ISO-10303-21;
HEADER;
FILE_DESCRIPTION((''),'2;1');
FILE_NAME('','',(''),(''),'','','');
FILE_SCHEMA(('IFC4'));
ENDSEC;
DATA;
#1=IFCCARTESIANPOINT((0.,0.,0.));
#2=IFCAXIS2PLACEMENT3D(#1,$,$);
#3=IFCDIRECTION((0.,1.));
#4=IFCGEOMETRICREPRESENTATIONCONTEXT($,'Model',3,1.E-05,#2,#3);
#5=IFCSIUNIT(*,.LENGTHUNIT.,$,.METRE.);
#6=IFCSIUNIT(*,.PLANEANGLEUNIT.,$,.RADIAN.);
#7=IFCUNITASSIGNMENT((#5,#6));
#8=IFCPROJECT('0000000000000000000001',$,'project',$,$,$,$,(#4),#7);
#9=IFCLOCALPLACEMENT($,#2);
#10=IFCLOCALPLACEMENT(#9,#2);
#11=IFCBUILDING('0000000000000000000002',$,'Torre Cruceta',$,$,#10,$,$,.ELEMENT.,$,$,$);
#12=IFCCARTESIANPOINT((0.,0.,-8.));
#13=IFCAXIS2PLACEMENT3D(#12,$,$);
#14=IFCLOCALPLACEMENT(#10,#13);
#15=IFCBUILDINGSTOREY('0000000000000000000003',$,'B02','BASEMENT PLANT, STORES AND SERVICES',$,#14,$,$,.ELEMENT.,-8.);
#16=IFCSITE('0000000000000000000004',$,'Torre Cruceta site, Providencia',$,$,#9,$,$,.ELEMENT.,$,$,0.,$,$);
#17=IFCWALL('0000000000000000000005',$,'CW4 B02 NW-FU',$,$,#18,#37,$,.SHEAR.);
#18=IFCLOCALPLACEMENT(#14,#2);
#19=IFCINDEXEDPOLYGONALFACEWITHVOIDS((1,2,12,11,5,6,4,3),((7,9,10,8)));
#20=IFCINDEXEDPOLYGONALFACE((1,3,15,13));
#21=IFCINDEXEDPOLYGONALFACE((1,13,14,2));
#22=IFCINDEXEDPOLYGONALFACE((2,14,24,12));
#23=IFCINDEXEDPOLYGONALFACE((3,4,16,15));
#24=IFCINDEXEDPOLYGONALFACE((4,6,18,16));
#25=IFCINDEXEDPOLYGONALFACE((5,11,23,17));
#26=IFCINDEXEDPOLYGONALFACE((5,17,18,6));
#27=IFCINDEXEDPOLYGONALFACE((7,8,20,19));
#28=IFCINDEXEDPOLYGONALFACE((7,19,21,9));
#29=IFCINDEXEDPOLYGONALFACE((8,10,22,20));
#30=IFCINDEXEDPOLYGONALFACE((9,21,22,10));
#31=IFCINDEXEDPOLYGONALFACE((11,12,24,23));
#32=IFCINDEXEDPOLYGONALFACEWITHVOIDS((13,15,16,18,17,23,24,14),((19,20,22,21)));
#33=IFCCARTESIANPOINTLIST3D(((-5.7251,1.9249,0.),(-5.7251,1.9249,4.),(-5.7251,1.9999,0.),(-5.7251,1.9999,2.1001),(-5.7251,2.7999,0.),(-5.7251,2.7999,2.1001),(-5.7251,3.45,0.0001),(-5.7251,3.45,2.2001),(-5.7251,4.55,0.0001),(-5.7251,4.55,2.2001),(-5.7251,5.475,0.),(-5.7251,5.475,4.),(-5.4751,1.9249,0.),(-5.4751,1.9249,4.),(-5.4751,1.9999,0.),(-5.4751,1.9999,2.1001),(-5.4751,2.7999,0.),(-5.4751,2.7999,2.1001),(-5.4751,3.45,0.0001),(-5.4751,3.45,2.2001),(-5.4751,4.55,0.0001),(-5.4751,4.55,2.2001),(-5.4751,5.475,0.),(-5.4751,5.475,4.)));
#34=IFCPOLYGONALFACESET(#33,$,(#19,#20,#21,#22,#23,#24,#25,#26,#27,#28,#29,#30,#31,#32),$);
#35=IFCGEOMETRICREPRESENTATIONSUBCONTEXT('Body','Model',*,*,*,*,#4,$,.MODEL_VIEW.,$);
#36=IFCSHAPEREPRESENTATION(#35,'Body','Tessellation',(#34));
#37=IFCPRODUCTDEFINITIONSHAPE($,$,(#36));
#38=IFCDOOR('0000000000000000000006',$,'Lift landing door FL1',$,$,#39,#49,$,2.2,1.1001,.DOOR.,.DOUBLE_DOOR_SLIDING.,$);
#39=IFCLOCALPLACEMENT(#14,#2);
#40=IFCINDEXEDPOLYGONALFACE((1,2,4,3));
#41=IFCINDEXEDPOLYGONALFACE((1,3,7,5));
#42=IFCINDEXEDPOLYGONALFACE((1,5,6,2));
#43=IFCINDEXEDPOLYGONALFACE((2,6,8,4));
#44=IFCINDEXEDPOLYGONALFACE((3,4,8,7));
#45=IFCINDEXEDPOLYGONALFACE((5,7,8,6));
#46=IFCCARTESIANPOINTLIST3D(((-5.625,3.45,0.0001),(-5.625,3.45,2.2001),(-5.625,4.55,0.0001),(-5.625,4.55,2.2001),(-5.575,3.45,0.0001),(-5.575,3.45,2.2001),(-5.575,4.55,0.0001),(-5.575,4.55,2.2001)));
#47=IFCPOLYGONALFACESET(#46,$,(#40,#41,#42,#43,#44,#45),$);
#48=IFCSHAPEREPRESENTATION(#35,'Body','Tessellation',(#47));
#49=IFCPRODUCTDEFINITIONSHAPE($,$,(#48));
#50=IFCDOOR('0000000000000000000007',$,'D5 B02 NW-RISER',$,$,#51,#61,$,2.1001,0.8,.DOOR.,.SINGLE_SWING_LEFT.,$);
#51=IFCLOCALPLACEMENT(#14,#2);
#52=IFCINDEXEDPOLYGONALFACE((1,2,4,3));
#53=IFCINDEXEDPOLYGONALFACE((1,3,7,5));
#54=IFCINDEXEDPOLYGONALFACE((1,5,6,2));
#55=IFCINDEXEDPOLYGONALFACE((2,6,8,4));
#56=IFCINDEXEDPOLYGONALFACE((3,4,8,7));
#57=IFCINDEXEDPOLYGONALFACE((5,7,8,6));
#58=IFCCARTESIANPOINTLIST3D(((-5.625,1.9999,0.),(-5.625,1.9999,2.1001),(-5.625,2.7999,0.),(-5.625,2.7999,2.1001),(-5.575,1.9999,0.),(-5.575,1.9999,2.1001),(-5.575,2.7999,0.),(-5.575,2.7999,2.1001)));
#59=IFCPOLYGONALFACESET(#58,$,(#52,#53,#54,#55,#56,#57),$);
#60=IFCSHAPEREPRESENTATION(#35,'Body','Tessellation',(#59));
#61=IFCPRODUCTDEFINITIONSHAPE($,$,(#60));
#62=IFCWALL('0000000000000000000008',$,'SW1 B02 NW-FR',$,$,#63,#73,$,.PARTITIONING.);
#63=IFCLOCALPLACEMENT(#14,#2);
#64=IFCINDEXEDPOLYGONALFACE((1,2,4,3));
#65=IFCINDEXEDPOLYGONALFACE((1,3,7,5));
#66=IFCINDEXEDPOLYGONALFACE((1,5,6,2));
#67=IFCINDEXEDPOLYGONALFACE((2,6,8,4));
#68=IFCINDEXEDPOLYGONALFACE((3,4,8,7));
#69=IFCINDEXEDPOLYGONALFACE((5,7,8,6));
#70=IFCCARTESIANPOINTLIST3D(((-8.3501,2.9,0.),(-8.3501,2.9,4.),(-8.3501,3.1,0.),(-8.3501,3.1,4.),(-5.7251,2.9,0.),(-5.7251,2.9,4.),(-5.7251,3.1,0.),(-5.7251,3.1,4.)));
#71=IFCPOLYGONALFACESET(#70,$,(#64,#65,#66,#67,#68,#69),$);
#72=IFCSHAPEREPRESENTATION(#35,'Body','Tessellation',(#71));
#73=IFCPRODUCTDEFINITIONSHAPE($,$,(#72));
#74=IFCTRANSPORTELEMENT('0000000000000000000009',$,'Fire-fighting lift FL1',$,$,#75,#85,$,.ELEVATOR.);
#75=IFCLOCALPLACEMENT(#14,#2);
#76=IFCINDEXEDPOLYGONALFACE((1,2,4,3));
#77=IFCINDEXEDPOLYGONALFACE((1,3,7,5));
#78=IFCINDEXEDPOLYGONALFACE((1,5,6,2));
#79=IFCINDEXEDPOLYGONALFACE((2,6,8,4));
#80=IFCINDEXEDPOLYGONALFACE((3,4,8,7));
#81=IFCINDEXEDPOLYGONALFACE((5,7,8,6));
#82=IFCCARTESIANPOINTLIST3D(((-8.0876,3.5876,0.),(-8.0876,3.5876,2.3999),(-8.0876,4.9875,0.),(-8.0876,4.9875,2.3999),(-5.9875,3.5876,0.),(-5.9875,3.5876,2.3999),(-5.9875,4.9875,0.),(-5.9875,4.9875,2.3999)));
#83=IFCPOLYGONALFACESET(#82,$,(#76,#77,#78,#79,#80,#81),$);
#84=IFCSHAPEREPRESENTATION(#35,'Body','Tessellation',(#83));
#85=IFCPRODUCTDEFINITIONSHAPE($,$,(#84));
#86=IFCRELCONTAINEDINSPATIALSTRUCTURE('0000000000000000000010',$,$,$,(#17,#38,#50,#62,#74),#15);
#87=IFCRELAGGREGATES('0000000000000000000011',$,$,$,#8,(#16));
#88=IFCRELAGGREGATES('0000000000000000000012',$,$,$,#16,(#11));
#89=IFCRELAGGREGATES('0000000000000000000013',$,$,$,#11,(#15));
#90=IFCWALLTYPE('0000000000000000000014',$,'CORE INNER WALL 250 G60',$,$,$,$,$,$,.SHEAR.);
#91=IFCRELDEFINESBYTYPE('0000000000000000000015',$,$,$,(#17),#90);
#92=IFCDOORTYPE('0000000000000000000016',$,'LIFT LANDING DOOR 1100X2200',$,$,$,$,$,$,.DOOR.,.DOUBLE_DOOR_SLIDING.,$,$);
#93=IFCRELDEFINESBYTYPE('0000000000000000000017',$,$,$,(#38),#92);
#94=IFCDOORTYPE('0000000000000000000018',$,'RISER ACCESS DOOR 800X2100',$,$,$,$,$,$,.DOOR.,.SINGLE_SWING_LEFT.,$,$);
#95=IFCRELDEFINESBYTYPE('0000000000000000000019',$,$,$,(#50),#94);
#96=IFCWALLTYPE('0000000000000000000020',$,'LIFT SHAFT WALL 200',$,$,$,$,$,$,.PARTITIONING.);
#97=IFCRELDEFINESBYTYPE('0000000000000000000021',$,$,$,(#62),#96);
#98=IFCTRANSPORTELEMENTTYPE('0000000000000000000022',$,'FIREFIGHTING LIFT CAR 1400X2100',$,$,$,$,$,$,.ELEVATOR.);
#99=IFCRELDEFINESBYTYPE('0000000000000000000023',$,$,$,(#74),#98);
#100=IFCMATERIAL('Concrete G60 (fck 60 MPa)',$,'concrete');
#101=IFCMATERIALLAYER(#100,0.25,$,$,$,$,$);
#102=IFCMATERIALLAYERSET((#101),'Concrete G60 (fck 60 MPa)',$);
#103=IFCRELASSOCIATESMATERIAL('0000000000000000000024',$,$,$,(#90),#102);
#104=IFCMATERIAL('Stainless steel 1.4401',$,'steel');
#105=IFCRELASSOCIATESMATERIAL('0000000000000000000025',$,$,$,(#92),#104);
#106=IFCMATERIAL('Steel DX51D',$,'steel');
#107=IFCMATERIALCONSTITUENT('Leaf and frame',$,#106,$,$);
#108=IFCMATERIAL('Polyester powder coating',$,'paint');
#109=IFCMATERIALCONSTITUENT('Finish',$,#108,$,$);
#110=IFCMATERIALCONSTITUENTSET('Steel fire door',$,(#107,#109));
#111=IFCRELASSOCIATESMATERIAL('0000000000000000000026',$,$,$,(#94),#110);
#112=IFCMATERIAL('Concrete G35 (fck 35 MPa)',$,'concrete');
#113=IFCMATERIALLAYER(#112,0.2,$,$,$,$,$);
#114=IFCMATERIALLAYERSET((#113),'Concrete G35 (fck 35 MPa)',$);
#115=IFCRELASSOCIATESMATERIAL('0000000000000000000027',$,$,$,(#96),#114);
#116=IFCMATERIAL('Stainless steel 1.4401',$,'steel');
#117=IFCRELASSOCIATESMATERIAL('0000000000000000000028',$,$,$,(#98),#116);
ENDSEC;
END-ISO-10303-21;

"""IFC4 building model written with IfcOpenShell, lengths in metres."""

from ifc_helpers import new_model, si_unit, direction, frame, frame_2d, origin, origin_2d, place, context, subcontext, project, spatial, rectangle, extrude, material, layer, layer_set, constituent, constituent_set, type_object, element, fill, save


model = new_model("IFC4")

# Units and contexts
model_context = context("Model", 3, precision=1e-05, world=origin(), true_north=direction((0.0, 1.0)))
body_context = subcontext(model_context, "Body", "Model", "MODEL_VIEW")
ifc_project = project(units=[si_unit("LENGTHUNIT", "METRE"), si_unit("PLANEANGLEUNIT", "RADIAN")], contexts=[model_context])

# Site, building, storey
site_placement = place(None, origin())
site = spatial("IfcSite", under=ifc_project, at=site_placement, Name="Torre Cruceta site, Providencia", CompositionType="ELEMENT", RefElevation=0.0)
building_placement = place(site_placement, origin())
building = spatial("IfcBuilding", under=site, at=building_placement, Name="Torre Cruceta", CompositionType="ELEMENT")
storey_placement = place(building_placement, frame((0.0, 0.0, -8.0)))
storey = spatial("IfcBuildingStorey", under=building, at=storey_placement, Name="B02", Description="BASEMENT PLANT, STORES AND SERVICES", CompositionType="ELEMENT", Elevation=-8.0)

# Shared definitions
ifc_material_1 = material(Name="Concrete G60 (fck 60 MPa)", Category="concrete")
ifc_layer_1 = layer(ifc_material_1, 0.25)
ifc_layer_set_1 = layer_set([ifc_layer_1], Name="Concrete G60 (fck 60 MPa)")
wall_type_1 = type_object("IfcWallType", Name="CORE INNER WALL 250 G60", PredefinedType="SHEAR", material=ifc_layer_set_1)

# Wall, openings, doors
wall_1_placement = place(storey_placement, frame((-5.6001, 1.925, 0.0), z_axis=(0.0, 0.0, 1.0), x_axis=(0.0, 1.0, 0.0)))
wall_1 = element("IfcWall", 1, at=wall_1_placement, inside=storey, type_object=wall_type_1, Name="CW4 B02 NW-FU", PredefinedType="SHEAR", context=body_context, shape_type="SweptSolid", body=[
    extrude(rectangle(XDim=3.55, YDim=0.25, at=frame_2d((1.7749, 0.0))), origin(), (0.0, 0.0, 1.0), 4.0),
])
opening_1_placement = place(wall_1_placement, frame((1.5249, 0.0, 0.0)))
opening_1 = element("IfcOpeningElement", 2, at=opening_1_placement, cuts=wall_1, PredefinedType="OPENING", context=body_context, shape_type="SweptSolid", body=[
    extrude(rectangle(XDim=1.1001, YDim=2.2, at=frame_2d((0.55, 1.1001))), frame((0.0, 0.135, 0.0), z_axis=(0.0, -1.0, 0.0), x_axis=(1.0, 0.0, 0.0)), (0.0, 0.0, 1.0), 0.27),
])
opening_2_placement = place(wall_1_placement, frame((0.075, 0.0, 0.0)))
opening_2 = element("IfcOpeningElement", 3, at=opening_2_placement, cuts=wall_1, PredefinedType="OPENING", context=body_context, shape_type="SweptSolid", body=[
    extrude(rectangle(XDim=0.8, YDim=2.1001, at=frame_2d((0.3999, 1.05))), frame((0.0, 0.135, 0.0), z_axis=(0.0, -1.0, 0.0), x_axis=(1.0, 0.0, 0.0)), (0.0, 0.0, 1.0), 0.27),
])
ifc_material_2 = material(Name="Stainless steel 1.4401", Category="steel")
door_type_1 = type_object("IfcDoorType", Name="LIFT LANDING DOOR 1100X2200", OperationType="DOUBLE_DOOR_SLIDING", PredefinedType="DOOR", material=ifc_material_2)
door_1_placement = place(opening_1_placement, origin())
door_1 = element("IfcDoor", 4, at=door_1_placement, inside=storey, type_object=door_type_1, Name="Lift landing door FL1", OperationType="DOUBLE_DOOR_SLIDING", OverallHeight=2.2, OverallWidth=1.1001, PredefinedType="DOOR", context=body_context, shape_type="SweptSolid", body=[
    extrude(rectangle(XDim=1.1001, YDim=2.2, at=frame_2d((0.55, 1.1001))), frame((0.0, 0.0249, 0.0), z_axis=(0.0, -1.0, 0.0), x_axis=(1.0, 0.0, 0.0)), (0.0, 0.0, 1.0), 0.05),
])
fill(opening_1, door_1)
ifc_material_3 = material(Name="Steel DX51D", Category="steel")
ifc_constituent_1 = constituent(ifc_material_3, Name="Leaf and frame")
ifc_material_4 = material(Name="Polyester powder coating", Category="paint")
ifc_constituent_2 = constituent(ifc_material_4, Name="Finish")
ifc_constituent_set_1 = constituent_set(constituents=[ifc_constituent_1, ifc_constituent_2], Name="Steel fire door")
door_type_2 = type_object("IfcDoorType", Name="RISER ACCESS DOOR 800X2100", OperationType="SINGLE_SWING_LEFT", PredefinedType="DOOR", material=ifc_constituent_set_1)
door_2_placement = place(opening_2_placement, origin())
door_2 = element("IfcDoor", 5, at=door_2_placement, inside=storey, type_object=door_type_2, Name="D5 B02 NW-RISER", OperationType="SINGLE_SWING_LEFT", OverallHeight=2.1001, OverallWidth=0.8, PredefinedType="DOOR", context=body_context, shape_type="SweptSolid", body=[
    extrude(rectangle(XDim=0.8, YDim=2.1001, at=frame_2d((0.3999, 1.05))), frame((0.0, 0.0249, 0.0), z_axis=(0.0, -1.0, 0.0), x_axis=(1.0, 0.0, 0.0)), (0.0, 0.0, 1.0), 0.05),
])
fill(opening_2, door_2)

# Wall
ifc_material_5 = material(Name="Concrete G35 (fck 35 MPa)", Category="concrete")
ifc_layer_2 = layer(ifc_material_5, 0.2)
ifc_layer_set_2 = layer_set([ifc_layer_2], Name="Concrete G35 (fck 35 MPa)")
wall_type_2 = type_object("IfcWallType", Name="LIFT SHAFT WALL 200", PredefinedType="PARTITIONING", material=ifc_layer_set_2)
wall_2_placement = place(storey_placement, frame((-5.7251, 3.0, 0.0), z_axis=(0.0, 0.0, 1.0), x_axis=(-1.0, 0.0, 0.0)))
element("IfcWall", 6, at=wall_2_placement, inside=storey, type_object=wall_type_2, Name="SW1 B02 NW-FR", PredefinedType="PARTITIONING", context=body_context, shape_type="SweptSolid", body=[
    extrude(rectangle(XDim=2.625, YDim=0.2, at=frame_2d((1.3125, 0.0))), origin(), (0.0, 0.0, 1.0), 4.0),
])

# Transport element
ifc_material_6 = material(Name="Stainless steel 1.4401", Category="steel")
transport_element_type = type_object("IfcTransportElementType", Name="FIREFIGHTING LIFT CAR 1400X2100", PredefinedType="ELEVATOR", material=ifc_material_6)
transport_element_placement = place(storey_placement, frame((-7.0376, 4.2876, 0.0), z_axis=(0.0, 0.0, 1.0), x_axis=(1.0, 0.0, 0.0)))
element("IfcTransportElement", 7, at=transport_element_placement, inside=storey, type_object=transport_element_type, Name="Fire-fighting lift FL1", PredefinedType="ELEVATOR", context=body_context, shape_type="SweptSolid", body=[
    extrude(rectangle(XDim=2.1001, YDim=1.3999, at=origin_2d()), origin(), (0.0, 0.0, 1.0), 2.3999),
])

save(model, "model.ifc")
